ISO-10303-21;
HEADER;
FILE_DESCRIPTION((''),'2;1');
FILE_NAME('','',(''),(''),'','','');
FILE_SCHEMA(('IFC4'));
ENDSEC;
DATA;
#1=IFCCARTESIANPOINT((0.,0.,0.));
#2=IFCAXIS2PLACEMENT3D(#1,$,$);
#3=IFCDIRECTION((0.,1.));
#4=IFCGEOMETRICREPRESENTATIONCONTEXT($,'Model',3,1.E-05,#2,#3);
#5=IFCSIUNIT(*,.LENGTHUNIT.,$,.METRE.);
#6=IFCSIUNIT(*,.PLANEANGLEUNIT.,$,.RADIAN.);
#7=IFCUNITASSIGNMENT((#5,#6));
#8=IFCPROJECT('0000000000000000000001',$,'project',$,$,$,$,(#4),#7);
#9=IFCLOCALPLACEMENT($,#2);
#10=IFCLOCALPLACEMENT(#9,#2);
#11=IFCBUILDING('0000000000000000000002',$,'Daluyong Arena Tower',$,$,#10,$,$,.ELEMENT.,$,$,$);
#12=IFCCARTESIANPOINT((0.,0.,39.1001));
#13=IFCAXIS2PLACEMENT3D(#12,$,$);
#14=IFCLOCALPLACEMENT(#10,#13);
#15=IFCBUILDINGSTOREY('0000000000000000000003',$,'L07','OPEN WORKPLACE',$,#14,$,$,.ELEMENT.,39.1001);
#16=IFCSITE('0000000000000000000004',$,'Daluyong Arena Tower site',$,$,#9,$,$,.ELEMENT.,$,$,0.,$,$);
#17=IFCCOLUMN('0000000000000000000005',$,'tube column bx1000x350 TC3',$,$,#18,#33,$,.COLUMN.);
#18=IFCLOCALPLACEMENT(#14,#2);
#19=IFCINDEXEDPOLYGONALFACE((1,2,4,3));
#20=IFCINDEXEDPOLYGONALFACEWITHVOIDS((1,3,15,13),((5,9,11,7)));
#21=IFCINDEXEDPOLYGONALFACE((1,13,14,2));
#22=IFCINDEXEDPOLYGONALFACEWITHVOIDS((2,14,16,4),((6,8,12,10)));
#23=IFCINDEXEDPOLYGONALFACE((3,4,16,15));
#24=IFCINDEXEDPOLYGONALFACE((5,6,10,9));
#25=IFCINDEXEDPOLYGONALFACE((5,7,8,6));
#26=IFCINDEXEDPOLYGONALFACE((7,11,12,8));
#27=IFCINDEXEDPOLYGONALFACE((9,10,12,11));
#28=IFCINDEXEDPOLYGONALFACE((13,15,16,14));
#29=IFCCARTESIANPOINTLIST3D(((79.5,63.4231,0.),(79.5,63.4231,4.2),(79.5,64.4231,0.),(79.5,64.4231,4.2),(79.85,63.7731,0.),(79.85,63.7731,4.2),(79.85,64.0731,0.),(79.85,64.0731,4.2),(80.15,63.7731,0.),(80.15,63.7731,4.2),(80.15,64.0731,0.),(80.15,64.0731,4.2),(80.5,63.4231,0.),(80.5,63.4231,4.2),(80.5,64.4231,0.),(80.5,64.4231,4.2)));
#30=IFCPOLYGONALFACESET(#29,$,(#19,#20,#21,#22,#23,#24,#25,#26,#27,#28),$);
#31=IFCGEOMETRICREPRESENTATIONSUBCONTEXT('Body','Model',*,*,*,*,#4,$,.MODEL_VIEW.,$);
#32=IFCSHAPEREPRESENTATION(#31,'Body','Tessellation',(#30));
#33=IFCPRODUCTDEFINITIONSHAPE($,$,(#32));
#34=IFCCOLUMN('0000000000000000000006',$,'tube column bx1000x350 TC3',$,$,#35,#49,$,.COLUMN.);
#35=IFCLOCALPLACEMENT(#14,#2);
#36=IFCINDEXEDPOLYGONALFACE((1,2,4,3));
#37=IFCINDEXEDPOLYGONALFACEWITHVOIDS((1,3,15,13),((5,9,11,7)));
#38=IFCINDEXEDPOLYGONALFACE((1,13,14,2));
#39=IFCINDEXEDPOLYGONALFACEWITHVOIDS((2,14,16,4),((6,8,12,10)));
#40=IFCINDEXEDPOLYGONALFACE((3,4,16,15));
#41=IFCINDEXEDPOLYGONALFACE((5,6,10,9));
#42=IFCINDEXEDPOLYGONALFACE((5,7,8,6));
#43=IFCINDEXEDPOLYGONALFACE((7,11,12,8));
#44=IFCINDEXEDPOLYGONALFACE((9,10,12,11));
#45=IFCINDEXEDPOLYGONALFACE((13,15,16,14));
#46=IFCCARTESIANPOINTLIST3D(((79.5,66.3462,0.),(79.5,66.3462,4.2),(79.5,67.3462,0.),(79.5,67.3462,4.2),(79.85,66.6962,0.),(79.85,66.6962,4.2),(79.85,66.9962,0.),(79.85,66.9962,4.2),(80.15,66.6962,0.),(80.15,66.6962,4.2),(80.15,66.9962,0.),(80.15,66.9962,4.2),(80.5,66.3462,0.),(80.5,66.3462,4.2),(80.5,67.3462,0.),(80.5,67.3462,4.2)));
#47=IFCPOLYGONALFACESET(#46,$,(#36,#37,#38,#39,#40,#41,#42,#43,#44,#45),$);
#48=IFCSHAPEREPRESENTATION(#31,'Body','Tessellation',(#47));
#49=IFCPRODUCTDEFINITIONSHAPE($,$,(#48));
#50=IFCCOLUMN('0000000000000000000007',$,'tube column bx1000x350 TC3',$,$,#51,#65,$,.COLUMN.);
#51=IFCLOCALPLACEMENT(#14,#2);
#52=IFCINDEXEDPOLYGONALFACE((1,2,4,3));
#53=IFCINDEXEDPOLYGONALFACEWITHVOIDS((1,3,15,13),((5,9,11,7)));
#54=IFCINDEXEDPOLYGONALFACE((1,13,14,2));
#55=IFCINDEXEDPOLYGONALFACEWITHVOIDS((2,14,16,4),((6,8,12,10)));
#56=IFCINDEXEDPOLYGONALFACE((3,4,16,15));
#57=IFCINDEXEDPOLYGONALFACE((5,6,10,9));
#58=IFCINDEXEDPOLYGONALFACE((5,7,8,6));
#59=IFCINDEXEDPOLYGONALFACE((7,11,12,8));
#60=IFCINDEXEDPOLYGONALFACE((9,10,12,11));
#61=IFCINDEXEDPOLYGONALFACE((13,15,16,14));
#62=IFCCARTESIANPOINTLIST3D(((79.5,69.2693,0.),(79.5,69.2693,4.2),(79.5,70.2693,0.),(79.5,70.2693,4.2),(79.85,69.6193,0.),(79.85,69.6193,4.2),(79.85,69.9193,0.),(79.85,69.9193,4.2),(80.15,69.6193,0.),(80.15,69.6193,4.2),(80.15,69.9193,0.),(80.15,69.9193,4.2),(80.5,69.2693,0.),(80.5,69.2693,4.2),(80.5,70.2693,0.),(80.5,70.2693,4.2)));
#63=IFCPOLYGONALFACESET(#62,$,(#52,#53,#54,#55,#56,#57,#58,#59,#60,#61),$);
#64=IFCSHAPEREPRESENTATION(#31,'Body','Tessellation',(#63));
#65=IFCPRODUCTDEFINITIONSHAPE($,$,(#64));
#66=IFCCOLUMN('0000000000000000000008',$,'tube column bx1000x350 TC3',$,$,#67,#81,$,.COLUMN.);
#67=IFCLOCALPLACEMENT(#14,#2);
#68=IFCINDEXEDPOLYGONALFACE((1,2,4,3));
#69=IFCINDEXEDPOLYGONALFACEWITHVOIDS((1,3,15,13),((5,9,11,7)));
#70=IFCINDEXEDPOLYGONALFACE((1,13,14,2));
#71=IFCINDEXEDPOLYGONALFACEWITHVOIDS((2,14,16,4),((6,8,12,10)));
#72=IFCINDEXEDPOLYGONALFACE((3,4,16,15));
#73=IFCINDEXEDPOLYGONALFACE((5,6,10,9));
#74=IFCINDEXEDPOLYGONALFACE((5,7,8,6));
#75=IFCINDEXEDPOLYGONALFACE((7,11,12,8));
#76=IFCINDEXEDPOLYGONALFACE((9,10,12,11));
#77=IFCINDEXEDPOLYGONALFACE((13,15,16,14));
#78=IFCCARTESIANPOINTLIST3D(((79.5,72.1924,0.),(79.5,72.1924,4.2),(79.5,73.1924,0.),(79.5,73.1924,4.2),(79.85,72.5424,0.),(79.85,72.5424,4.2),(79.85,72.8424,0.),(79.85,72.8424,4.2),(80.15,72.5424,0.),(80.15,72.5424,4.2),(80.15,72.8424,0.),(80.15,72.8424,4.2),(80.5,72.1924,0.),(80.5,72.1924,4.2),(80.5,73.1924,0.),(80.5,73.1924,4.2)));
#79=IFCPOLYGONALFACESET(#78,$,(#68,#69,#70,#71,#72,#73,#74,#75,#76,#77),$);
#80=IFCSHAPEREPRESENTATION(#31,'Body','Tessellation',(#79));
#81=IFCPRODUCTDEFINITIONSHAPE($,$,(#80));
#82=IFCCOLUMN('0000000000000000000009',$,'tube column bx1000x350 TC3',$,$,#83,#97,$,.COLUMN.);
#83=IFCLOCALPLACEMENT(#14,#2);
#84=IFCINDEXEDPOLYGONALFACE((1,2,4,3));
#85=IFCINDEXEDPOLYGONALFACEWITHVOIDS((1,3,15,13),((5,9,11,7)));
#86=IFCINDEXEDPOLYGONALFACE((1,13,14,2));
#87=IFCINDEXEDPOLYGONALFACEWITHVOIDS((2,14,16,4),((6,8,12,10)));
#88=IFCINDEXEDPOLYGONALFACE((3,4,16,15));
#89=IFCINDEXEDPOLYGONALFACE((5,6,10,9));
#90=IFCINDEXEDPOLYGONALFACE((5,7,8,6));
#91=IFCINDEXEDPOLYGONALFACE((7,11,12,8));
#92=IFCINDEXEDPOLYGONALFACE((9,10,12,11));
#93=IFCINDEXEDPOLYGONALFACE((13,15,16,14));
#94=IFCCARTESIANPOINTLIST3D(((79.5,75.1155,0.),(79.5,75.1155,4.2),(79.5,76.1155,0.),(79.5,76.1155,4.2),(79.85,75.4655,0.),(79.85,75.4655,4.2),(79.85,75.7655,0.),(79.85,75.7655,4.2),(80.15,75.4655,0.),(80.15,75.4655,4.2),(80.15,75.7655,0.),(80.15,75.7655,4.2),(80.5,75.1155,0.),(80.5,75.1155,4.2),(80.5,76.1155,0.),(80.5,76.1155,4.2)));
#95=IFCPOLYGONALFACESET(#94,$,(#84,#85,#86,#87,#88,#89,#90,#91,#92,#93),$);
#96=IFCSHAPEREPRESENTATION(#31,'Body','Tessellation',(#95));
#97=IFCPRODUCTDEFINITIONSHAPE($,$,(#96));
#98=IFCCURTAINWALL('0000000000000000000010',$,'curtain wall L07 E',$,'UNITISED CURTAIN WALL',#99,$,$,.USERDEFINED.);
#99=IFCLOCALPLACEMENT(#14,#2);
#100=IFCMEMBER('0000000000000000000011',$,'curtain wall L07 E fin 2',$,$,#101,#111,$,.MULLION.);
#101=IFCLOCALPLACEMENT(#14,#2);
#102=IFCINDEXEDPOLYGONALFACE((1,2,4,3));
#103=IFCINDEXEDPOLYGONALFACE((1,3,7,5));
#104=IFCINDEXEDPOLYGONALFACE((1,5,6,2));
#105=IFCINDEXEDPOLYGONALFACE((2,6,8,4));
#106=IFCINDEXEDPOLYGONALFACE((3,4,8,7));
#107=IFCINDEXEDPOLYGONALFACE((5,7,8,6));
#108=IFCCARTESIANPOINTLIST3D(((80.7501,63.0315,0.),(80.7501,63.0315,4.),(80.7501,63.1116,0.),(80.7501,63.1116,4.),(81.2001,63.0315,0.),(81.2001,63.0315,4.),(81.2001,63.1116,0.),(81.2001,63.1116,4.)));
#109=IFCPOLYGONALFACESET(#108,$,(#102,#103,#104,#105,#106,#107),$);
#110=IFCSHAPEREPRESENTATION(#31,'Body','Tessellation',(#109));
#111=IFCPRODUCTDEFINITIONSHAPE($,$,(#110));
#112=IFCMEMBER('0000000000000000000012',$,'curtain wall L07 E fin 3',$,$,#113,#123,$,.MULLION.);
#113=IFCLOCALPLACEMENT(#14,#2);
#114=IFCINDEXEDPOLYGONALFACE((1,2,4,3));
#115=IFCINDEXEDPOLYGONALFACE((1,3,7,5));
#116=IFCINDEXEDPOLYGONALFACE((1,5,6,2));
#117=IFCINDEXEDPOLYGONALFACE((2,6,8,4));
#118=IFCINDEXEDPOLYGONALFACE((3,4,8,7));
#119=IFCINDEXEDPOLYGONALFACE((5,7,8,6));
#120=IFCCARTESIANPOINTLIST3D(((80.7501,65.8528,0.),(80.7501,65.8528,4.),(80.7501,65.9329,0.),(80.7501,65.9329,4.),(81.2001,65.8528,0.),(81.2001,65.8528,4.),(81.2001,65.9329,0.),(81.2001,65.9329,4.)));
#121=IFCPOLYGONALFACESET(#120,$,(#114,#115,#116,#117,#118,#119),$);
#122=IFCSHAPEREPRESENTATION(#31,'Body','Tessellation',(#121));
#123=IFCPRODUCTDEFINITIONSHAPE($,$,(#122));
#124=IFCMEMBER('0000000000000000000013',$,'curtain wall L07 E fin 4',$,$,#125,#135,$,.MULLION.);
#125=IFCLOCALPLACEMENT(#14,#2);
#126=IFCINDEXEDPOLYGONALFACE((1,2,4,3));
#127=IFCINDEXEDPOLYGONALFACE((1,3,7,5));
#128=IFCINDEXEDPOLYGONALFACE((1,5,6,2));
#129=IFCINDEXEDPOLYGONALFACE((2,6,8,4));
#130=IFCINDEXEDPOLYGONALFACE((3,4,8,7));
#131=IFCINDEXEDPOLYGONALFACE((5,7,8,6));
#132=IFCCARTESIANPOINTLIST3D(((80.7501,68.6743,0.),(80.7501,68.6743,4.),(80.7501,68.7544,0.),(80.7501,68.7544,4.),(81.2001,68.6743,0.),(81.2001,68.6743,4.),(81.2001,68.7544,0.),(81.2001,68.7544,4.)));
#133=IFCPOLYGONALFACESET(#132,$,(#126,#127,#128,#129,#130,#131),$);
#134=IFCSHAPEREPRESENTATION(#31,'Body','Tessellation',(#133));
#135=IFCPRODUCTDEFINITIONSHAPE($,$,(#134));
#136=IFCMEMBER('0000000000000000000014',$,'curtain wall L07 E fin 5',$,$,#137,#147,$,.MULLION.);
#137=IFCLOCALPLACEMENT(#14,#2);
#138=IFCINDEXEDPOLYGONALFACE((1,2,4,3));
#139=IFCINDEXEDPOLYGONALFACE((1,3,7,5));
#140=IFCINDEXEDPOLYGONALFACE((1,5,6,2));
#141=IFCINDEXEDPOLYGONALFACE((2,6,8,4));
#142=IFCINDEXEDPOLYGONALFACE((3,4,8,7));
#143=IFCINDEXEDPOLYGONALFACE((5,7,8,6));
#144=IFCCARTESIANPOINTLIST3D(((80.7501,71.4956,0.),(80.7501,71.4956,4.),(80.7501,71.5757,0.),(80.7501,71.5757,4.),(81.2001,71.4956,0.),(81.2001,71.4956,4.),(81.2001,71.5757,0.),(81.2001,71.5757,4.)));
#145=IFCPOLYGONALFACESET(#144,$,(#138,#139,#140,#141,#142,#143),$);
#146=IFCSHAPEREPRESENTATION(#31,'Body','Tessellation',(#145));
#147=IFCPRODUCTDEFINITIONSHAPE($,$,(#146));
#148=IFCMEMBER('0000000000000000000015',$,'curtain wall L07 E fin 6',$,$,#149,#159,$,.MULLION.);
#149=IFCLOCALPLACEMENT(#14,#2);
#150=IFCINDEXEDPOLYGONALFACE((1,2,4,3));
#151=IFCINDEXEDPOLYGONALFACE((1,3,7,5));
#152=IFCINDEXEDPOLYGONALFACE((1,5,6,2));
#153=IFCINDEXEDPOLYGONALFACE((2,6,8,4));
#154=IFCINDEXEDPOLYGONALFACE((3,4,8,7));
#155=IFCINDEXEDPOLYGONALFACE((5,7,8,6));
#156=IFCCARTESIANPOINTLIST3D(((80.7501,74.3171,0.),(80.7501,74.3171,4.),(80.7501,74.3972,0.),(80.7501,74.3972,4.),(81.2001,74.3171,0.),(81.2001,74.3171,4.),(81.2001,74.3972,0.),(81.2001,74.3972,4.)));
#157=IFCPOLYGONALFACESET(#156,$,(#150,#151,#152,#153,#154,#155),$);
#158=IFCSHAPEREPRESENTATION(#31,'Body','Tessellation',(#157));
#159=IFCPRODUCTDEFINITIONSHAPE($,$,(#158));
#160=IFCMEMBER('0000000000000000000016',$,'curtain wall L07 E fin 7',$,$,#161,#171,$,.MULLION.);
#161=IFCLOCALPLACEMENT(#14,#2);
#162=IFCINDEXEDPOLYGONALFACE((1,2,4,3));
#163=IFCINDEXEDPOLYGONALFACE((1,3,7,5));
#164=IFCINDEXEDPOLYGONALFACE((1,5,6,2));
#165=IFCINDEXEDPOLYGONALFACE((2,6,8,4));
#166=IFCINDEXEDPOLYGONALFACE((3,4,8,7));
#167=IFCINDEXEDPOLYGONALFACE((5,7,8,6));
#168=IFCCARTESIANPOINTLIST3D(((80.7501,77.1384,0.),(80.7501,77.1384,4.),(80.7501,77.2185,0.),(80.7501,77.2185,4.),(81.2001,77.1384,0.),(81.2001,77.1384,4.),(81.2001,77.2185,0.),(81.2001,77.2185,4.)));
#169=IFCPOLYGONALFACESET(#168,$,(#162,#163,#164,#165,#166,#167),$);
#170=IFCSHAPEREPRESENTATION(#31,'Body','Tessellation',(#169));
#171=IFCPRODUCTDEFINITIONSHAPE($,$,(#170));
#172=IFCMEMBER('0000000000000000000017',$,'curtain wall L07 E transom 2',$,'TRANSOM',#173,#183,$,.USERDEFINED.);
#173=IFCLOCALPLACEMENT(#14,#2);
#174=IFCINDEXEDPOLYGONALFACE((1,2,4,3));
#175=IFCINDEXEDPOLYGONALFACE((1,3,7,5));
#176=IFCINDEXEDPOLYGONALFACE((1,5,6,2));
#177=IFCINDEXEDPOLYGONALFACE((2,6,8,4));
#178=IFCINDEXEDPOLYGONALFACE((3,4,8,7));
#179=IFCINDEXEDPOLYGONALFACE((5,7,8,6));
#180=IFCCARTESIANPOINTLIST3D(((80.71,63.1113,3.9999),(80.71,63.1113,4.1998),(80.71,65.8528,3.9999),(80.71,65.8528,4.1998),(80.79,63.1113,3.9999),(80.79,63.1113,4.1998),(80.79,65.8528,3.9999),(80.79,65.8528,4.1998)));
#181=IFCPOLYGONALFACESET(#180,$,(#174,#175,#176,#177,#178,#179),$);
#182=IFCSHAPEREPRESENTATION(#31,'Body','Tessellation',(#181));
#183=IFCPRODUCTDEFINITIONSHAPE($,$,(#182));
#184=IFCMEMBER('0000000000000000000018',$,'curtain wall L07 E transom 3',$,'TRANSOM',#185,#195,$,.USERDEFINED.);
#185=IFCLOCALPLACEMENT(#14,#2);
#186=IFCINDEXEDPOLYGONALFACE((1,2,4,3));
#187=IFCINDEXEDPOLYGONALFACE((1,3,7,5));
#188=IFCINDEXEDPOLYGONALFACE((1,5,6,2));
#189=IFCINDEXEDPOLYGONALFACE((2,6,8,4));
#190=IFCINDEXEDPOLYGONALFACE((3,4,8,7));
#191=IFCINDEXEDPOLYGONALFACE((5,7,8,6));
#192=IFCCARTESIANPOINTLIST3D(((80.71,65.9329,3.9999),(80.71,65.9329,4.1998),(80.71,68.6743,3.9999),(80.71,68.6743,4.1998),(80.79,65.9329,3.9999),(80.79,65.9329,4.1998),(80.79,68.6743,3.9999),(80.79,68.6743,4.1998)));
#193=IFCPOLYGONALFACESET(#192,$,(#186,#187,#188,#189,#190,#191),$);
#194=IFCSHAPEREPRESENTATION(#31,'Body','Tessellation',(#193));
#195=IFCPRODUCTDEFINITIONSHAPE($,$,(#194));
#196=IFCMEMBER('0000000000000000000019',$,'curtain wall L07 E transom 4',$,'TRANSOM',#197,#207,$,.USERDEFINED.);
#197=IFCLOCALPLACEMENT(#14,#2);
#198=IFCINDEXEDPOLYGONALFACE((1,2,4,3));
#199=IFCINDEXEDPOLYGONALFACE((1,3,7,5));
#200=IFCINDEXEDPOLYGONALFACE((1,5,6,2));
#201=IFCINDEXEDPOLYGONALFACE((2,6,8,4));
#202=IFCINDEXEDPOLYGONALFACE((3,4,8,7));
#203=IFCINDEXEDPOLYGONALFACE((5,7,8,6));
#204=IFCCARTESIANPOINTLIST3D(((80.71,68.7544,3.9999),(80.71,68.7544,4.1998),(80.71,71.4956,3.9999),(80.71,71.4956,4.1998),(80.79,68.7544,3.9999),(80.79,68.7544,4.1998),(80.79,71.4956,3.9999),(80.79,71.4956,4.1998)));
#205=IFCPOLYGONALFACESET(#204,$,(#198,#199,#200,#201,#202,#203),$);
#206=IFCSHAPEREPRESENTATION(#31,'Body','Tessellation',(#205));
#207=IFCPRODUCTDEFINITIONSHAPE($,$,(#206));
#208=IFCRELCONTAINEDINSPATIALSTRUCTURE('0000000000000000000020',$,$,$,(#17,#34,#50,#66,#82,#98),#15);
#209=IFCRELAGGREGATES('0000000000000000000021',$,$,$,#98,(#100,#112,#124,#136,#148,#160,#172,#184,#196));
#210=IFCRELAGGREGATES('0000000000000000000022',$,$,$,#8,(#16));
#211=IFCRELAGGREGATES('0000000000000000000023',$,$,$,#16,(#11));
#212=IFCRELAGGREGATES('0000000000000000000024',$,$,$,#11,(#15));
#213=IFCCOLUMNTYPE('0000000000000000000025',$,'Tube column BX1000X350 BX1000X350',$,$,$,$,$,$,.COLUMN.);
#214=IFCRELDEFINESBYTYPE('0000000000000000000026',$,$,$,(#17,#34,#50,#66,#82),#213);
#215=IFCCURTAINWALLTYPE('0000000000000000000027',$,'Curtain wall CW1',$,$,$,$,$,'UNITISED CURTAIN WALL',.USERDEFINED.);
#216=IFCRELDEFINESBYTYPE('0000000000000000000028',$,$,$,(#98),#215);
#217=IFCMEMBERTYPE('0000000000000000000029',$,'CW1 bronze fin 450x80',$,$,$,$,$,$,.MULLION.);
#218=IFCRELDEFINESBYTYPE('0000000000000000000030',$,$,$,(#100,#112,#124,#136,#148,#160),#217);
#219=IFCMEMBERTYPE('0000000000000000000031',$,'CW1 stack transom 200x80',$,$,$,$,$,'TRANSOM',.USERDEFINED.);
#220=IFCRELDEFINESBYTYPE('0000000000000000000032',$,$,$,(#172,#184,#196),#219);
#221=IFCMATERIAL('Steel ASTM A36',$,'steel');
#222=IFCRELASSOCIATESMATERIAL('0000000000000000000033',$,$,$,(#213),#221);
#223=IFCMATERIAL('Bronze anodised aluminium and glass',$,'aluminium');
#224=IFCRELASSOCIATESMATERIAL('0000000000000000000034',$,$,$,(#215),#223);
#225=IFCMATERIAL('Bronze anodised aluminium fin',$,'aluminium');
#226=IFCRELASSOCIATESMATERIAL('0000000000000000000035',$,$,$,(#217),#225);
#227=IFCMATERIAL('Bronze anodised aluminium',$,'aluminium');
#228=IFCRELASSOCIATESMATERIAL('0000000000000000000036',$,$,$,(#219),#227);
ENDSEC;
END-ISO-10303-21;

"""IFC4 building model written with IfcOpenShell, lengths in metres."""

from ifc_helpers import new_model, si_unit, direction, frame, origin, origin_2d, place, context, subcontext, project, spatial, rectangle, hollow_rectangle, extrude, material, material_profile, profile_set, type_object, element, aggregate, save


model = new_model("IFC4")

# Units and contexts
model_context = context("Model", 3, precision=1e-05, world=origin(), true_north=direction((0.0, 1.0)))
body_context = subcontext(model_context, "Body", "Model", "MODEL_VIEW")
ifc_project = project(units=[si_unit("LENGTHUNIT", "METRE"), si_unit("PLANEANGLEUNIT", "RADIAN")], contexts=[model_context])

# Site, building, storey
site_placement = place(None, origin())
site = spatial("IfcSite", under=ifc_project, at=site_placement, Name="Daluyong Arena Tower site", CompositionType="ELEMENT", RefElevation=0.0)
building_placement = place(site_placement, origin())
building = spatial("IfcBuilding", under=site, at=building_placement, Name="Daluyong Arena Tower", CompositionType="ELEMENT")
storey_placement = place(building_placement, frame((0.0, 0.0, 39.1001)))
storey = spatial("IfcBuildingStorey", under=building, at=storey_placement, Name="L07", Description="OPEN WORKPLACE", CompositionType="ELEMENT", Elevation=39.1001)

# Columns
ifc_material_1 = material(Name="Steel ASTM A36", Category="steel")
ifc_material_profile_1 = material_profile(ifc_material_1, hollow_rectangle(XDim=1.0, YDim=1.0, WallThickness=0.35, at=origin_2d()))
ifc_profile_set_1 = profile_set([ifc_material_profile_1], Name="Steel ASTM A36")
column_type = type_object("IfcColumnType", Name="Tube column BX1000X350 BX1000X350", PredefinedType="COLUMN", material=ifc_profile_set_1)
for number, where, z_axis, x_axis, name in (
    (1, (80.0, 63.9231, 0.0), (0.0, 0.0, 1.0), (0.0, 1.0, 0.0), "tube column bx1000x350 TC3"),
    (2, (80.0, 66.8462, 0.0), (0.0, 0.0, 1.0), (0.0, 1.0, 0.0), "tube column bx1000x350 TC3"),
    (3, (80.0, 69.7693, 0.0), (0.0, 0.0, 1.0), (0.0, 1.0, 0.0), "tube column bx1000x350 TC3"),
    (4, (80.0, 72.6924, 0.0), (0.0, 0.0, 1.0), (0.0, 1.0, 0.0), "tube column bx1000x350 TC3"),
    (5, (80.0, 75.6155, 0.0), (0.0, 0.0, 1.0), (0.0, 1.0, 0.0), "tube column bx1000x350 TC3"),
):
    element("IfcColumn", number, at=place(storey_placement, frame(where, z_axis=z_axis, x_axis=x_axis)), inside=storey, type_object=column_type, Name=name, PredefinedType="COLUMN", context=body_context, shape_type="SweptSolid", body=[
        extrude(hollow_rectangle(XDim=1.0, YDim=1.0, WallThickness=0.35, at=origin_2d()), origin(), (0.0, 0.0, 1.0), 4.2),
    ])

# Curtain wall, members
ifc_material_2 = material(Name="Bronze anodised aluminium and glass", Category="aluminium")
curtain_wall_type = type_object("IfcCurtainWallType", Name="Curtain wall CW1", ElementType="UNITISED CURTAIN WALL", PredefinedType="USERDEFINED", material=ifc_material_2)
curtain_wall_placement = place(storey_placement, origin())
curtain_wall = element("IfcCurtainWall", 6, at=curtain_wall_placement, inside=storey, type_object=curtain_wall_type, Name="curtain wall L07 E", ObjectType="UNITISED CURTAIN WALL", PredefinedType="USERDEFINED")
ifc_material_3 = material(Name="Bronze anodised aluminium fin", Category="aluminium")
ifc_material_profile_2 = material_profile(ifc_material_3, rectangle(XDim=0.45, YDim=0.0801, at=origin_2d()))
ifc_profile_set_2 = profile_set([ifc_material_profile_2], Name="Bronze anodised aluminium fin")
member_type_1 = type_object("IfcMemberType", Name="CW1 bronze fin 450x80", PredefinedType="MULLION", material=ifc_profile_set_2)
member_1_placement = place(storey_placement, frame((80.9751, 63.0715, 0.0), z_axis=(0.0, 0.0, 1.0), x_axis=(-1.0, 0.0, 0.0)))
member_1 = element("IfcMember", 7, at=member_1_placement, type_object=member_type_1, Name="curtain wall L07 E fin 2", PredefinedType="MULLION", context=body_context, shape_type="SweptSolid", body=[
    extrude(rectangle(XDim=0.45, YDim=0.0801, at=origin_2d()), origin(), (0.0, 0.0, 1.0), 4.0),
])
member_2_placement = place(storey_placement, frame((80.9751, 65.8928, 0.0), z_axis=(0.0, 0.0, 1.0), x_axis=(-1.0, 0.0, 0.0)))
member_2 = element("IfcMember", 8, at=member_2_placement, type_object=member_type_1, Name="curtain wall L07 E fin 3", PredefinedType="MULLION", context=body_context, shape_type="SweptSolid", body=[
    extrude(rectangle(XDim=0.45, YDim=0.0801, at=origin_2d()), origin(), (0.0, 0.0, 1.0), 4.0),
])
member_3_placement = place(storey_placement, frame((80.9751, 68.7144, 0.0), z_axis=(0.0, 0.0, 1.0), x_axis=(-1.0, 0.0, 0.0)))
member_3 = element("IfcMember", 9, at=member_3_placement, type_object=member_type_1, Name="curtain wall L07 E fin 4", PredefinedType="MULLION", context=body_context, shape_type="SweptSolid", body=[
    extrude(rectangle(XDim=0.45, YDim=0.0801, at=origin_2d()), origin(), (0.0, 0.0, 1.0), 4.0),
])
member_4_placement = place(storey_placement, frame((80.9751, 71.5356, 0.0), z_axis=(0.0, 0.0, 1.0), x_axis=(-1.0, 0.0, 0.0)))
member_4 = element("IfcMember", 10, at=member_4_placement, type_object=member_type_1, Name="curtain wall L07 E fin 5", PredefinedType="MULLION", context=body_context, shape_type="SweptSolid", body=[
    extrude(rectangle(XDim=0.45, YDim=0.0801, at=origin_2d()), origin(), (0.0, 0.0, 1.0), 4.0),
])
member_5_placement = place(storey_placement, frame((80.9751, 74.3572, 0.0), z_axis=(0.0, 0.0, 1.0), x_axis=(-1.0, 0.0, 0.0)))
member_5 = element("IfcMember", 11, at=member_5_placement, type_object=member_type_1, Name="curtain wall L07 E fin 6", PredefinedType="MULLION", context=body_context, shape_type="SweptSolid", body=[
    extrude(rectangle(XDim=0.45, YDim=0.0801, at=origin_2d()), origin(), (0.0, 0.0, 1.0), 4.0),
])
member_6_placement = place(storey_placement, frame((80.9751, 77.1785, 0.0), z_axis=(0.0, 0.0, 1.0), x_axis=(-1.0, 0.0, 0.0)))
member_6 = element("IfcMember", 12, at=member_6_placement, type_object=member_type_1, Name="curtain wall L07 E fin 7", PredefinedType="MULLION", context=body_context, shape_type="SweptSolid", body=[
    extrude(rectangle(XDim=0.45, YDim=0.0801, at=origin_2d()), origin(), (0.0, 0.0, 1.0), 4.0),
])
ifc_material_4 = material(Name="Bronze anodised aluminium", Category="aluminium")
ifc_material_profile_3 = material_profile(ifc_material_4, rectangle(XDim=0.0801, YDim=0.2, at=origin_2d()))
ifc_profile_set_3 = profile_set([ifc_material_profile_3], Name="Bronze anodised aluminium")
member_type_2 = type_object("IfcMemberType", Name="CW1 stack transom 200x80", ElementType="TRANSOM", PredefinedType="USERDEFINED", material=ifc_profile_set_3)
member_7_placement = place(storey_placement, frame((80.75, 63.1113, 4.0999), z_axis=(0.0, 1.0, 0.0), x_axis=(-1.0, 0.0, 0.0)))
member_7 = element("IfcMember", 13, at=member_7_placement, type_object=member_type_2, Name="curtain wall L07 E transom 2", ObjectType="TRANSOM", PredefinedType="USERDEFINED", context=body_context, shape_type="SweptSolid", body=[
    extrude(rectangle(XDim=0.0801, YDim=0.2, at=origin_2d()), origin(), (0.0, 0.0, 1.0), 2.7415),
])
member_8_placement = place(storey_placement, frame((80.75, 65.9329, 4.0999), z_axis=(0.0, 1.0, 0.0), x_axis=(-1.0, 0.0, 0.0)))
member_8 = element("IfcMember", 14, at=member_8_placement, type_object=member_type_2, Name="curtain wall L07 E transom 3", ObjectType="TRANSOM", PredefinedType="USERDEFINED", context=body_context, shape_type="SweptSolid", body=[
    extrude(rectangle(XDim=0.0801, YDim=0.2, at=origin_2d()), origin(), (0.0, 0.0, 1.0), 2.7415),
])
member_9_placement = place(storey_placement, frame((80.75, 68.7544, 4.0999), z_axis=(0.0, 1.0, 0.0), x_axis=(-1.0, 0.0, 0.0)))
member_9 = element("IfcMember", 15, at=member_9_placement, type_object=member_type_2, Name="curtain wall L07 E transom 4", ObjectType="TRANSOM", PredefinedType="USERDEFINED", context=body_context, shape_type="SweptSolid", body=[
    extrude(rectangle(XDim=0.0801, YDim=0.2, at=origin_2d()), origin(), (0.0, 0.0, 1.0), 2.7412),
])

aggregate(curtain_wall, [member_1, member_2, member_3, member_4, member_5, member_6, member_7, member_8, member_9])

save(model, "model.ifc")
